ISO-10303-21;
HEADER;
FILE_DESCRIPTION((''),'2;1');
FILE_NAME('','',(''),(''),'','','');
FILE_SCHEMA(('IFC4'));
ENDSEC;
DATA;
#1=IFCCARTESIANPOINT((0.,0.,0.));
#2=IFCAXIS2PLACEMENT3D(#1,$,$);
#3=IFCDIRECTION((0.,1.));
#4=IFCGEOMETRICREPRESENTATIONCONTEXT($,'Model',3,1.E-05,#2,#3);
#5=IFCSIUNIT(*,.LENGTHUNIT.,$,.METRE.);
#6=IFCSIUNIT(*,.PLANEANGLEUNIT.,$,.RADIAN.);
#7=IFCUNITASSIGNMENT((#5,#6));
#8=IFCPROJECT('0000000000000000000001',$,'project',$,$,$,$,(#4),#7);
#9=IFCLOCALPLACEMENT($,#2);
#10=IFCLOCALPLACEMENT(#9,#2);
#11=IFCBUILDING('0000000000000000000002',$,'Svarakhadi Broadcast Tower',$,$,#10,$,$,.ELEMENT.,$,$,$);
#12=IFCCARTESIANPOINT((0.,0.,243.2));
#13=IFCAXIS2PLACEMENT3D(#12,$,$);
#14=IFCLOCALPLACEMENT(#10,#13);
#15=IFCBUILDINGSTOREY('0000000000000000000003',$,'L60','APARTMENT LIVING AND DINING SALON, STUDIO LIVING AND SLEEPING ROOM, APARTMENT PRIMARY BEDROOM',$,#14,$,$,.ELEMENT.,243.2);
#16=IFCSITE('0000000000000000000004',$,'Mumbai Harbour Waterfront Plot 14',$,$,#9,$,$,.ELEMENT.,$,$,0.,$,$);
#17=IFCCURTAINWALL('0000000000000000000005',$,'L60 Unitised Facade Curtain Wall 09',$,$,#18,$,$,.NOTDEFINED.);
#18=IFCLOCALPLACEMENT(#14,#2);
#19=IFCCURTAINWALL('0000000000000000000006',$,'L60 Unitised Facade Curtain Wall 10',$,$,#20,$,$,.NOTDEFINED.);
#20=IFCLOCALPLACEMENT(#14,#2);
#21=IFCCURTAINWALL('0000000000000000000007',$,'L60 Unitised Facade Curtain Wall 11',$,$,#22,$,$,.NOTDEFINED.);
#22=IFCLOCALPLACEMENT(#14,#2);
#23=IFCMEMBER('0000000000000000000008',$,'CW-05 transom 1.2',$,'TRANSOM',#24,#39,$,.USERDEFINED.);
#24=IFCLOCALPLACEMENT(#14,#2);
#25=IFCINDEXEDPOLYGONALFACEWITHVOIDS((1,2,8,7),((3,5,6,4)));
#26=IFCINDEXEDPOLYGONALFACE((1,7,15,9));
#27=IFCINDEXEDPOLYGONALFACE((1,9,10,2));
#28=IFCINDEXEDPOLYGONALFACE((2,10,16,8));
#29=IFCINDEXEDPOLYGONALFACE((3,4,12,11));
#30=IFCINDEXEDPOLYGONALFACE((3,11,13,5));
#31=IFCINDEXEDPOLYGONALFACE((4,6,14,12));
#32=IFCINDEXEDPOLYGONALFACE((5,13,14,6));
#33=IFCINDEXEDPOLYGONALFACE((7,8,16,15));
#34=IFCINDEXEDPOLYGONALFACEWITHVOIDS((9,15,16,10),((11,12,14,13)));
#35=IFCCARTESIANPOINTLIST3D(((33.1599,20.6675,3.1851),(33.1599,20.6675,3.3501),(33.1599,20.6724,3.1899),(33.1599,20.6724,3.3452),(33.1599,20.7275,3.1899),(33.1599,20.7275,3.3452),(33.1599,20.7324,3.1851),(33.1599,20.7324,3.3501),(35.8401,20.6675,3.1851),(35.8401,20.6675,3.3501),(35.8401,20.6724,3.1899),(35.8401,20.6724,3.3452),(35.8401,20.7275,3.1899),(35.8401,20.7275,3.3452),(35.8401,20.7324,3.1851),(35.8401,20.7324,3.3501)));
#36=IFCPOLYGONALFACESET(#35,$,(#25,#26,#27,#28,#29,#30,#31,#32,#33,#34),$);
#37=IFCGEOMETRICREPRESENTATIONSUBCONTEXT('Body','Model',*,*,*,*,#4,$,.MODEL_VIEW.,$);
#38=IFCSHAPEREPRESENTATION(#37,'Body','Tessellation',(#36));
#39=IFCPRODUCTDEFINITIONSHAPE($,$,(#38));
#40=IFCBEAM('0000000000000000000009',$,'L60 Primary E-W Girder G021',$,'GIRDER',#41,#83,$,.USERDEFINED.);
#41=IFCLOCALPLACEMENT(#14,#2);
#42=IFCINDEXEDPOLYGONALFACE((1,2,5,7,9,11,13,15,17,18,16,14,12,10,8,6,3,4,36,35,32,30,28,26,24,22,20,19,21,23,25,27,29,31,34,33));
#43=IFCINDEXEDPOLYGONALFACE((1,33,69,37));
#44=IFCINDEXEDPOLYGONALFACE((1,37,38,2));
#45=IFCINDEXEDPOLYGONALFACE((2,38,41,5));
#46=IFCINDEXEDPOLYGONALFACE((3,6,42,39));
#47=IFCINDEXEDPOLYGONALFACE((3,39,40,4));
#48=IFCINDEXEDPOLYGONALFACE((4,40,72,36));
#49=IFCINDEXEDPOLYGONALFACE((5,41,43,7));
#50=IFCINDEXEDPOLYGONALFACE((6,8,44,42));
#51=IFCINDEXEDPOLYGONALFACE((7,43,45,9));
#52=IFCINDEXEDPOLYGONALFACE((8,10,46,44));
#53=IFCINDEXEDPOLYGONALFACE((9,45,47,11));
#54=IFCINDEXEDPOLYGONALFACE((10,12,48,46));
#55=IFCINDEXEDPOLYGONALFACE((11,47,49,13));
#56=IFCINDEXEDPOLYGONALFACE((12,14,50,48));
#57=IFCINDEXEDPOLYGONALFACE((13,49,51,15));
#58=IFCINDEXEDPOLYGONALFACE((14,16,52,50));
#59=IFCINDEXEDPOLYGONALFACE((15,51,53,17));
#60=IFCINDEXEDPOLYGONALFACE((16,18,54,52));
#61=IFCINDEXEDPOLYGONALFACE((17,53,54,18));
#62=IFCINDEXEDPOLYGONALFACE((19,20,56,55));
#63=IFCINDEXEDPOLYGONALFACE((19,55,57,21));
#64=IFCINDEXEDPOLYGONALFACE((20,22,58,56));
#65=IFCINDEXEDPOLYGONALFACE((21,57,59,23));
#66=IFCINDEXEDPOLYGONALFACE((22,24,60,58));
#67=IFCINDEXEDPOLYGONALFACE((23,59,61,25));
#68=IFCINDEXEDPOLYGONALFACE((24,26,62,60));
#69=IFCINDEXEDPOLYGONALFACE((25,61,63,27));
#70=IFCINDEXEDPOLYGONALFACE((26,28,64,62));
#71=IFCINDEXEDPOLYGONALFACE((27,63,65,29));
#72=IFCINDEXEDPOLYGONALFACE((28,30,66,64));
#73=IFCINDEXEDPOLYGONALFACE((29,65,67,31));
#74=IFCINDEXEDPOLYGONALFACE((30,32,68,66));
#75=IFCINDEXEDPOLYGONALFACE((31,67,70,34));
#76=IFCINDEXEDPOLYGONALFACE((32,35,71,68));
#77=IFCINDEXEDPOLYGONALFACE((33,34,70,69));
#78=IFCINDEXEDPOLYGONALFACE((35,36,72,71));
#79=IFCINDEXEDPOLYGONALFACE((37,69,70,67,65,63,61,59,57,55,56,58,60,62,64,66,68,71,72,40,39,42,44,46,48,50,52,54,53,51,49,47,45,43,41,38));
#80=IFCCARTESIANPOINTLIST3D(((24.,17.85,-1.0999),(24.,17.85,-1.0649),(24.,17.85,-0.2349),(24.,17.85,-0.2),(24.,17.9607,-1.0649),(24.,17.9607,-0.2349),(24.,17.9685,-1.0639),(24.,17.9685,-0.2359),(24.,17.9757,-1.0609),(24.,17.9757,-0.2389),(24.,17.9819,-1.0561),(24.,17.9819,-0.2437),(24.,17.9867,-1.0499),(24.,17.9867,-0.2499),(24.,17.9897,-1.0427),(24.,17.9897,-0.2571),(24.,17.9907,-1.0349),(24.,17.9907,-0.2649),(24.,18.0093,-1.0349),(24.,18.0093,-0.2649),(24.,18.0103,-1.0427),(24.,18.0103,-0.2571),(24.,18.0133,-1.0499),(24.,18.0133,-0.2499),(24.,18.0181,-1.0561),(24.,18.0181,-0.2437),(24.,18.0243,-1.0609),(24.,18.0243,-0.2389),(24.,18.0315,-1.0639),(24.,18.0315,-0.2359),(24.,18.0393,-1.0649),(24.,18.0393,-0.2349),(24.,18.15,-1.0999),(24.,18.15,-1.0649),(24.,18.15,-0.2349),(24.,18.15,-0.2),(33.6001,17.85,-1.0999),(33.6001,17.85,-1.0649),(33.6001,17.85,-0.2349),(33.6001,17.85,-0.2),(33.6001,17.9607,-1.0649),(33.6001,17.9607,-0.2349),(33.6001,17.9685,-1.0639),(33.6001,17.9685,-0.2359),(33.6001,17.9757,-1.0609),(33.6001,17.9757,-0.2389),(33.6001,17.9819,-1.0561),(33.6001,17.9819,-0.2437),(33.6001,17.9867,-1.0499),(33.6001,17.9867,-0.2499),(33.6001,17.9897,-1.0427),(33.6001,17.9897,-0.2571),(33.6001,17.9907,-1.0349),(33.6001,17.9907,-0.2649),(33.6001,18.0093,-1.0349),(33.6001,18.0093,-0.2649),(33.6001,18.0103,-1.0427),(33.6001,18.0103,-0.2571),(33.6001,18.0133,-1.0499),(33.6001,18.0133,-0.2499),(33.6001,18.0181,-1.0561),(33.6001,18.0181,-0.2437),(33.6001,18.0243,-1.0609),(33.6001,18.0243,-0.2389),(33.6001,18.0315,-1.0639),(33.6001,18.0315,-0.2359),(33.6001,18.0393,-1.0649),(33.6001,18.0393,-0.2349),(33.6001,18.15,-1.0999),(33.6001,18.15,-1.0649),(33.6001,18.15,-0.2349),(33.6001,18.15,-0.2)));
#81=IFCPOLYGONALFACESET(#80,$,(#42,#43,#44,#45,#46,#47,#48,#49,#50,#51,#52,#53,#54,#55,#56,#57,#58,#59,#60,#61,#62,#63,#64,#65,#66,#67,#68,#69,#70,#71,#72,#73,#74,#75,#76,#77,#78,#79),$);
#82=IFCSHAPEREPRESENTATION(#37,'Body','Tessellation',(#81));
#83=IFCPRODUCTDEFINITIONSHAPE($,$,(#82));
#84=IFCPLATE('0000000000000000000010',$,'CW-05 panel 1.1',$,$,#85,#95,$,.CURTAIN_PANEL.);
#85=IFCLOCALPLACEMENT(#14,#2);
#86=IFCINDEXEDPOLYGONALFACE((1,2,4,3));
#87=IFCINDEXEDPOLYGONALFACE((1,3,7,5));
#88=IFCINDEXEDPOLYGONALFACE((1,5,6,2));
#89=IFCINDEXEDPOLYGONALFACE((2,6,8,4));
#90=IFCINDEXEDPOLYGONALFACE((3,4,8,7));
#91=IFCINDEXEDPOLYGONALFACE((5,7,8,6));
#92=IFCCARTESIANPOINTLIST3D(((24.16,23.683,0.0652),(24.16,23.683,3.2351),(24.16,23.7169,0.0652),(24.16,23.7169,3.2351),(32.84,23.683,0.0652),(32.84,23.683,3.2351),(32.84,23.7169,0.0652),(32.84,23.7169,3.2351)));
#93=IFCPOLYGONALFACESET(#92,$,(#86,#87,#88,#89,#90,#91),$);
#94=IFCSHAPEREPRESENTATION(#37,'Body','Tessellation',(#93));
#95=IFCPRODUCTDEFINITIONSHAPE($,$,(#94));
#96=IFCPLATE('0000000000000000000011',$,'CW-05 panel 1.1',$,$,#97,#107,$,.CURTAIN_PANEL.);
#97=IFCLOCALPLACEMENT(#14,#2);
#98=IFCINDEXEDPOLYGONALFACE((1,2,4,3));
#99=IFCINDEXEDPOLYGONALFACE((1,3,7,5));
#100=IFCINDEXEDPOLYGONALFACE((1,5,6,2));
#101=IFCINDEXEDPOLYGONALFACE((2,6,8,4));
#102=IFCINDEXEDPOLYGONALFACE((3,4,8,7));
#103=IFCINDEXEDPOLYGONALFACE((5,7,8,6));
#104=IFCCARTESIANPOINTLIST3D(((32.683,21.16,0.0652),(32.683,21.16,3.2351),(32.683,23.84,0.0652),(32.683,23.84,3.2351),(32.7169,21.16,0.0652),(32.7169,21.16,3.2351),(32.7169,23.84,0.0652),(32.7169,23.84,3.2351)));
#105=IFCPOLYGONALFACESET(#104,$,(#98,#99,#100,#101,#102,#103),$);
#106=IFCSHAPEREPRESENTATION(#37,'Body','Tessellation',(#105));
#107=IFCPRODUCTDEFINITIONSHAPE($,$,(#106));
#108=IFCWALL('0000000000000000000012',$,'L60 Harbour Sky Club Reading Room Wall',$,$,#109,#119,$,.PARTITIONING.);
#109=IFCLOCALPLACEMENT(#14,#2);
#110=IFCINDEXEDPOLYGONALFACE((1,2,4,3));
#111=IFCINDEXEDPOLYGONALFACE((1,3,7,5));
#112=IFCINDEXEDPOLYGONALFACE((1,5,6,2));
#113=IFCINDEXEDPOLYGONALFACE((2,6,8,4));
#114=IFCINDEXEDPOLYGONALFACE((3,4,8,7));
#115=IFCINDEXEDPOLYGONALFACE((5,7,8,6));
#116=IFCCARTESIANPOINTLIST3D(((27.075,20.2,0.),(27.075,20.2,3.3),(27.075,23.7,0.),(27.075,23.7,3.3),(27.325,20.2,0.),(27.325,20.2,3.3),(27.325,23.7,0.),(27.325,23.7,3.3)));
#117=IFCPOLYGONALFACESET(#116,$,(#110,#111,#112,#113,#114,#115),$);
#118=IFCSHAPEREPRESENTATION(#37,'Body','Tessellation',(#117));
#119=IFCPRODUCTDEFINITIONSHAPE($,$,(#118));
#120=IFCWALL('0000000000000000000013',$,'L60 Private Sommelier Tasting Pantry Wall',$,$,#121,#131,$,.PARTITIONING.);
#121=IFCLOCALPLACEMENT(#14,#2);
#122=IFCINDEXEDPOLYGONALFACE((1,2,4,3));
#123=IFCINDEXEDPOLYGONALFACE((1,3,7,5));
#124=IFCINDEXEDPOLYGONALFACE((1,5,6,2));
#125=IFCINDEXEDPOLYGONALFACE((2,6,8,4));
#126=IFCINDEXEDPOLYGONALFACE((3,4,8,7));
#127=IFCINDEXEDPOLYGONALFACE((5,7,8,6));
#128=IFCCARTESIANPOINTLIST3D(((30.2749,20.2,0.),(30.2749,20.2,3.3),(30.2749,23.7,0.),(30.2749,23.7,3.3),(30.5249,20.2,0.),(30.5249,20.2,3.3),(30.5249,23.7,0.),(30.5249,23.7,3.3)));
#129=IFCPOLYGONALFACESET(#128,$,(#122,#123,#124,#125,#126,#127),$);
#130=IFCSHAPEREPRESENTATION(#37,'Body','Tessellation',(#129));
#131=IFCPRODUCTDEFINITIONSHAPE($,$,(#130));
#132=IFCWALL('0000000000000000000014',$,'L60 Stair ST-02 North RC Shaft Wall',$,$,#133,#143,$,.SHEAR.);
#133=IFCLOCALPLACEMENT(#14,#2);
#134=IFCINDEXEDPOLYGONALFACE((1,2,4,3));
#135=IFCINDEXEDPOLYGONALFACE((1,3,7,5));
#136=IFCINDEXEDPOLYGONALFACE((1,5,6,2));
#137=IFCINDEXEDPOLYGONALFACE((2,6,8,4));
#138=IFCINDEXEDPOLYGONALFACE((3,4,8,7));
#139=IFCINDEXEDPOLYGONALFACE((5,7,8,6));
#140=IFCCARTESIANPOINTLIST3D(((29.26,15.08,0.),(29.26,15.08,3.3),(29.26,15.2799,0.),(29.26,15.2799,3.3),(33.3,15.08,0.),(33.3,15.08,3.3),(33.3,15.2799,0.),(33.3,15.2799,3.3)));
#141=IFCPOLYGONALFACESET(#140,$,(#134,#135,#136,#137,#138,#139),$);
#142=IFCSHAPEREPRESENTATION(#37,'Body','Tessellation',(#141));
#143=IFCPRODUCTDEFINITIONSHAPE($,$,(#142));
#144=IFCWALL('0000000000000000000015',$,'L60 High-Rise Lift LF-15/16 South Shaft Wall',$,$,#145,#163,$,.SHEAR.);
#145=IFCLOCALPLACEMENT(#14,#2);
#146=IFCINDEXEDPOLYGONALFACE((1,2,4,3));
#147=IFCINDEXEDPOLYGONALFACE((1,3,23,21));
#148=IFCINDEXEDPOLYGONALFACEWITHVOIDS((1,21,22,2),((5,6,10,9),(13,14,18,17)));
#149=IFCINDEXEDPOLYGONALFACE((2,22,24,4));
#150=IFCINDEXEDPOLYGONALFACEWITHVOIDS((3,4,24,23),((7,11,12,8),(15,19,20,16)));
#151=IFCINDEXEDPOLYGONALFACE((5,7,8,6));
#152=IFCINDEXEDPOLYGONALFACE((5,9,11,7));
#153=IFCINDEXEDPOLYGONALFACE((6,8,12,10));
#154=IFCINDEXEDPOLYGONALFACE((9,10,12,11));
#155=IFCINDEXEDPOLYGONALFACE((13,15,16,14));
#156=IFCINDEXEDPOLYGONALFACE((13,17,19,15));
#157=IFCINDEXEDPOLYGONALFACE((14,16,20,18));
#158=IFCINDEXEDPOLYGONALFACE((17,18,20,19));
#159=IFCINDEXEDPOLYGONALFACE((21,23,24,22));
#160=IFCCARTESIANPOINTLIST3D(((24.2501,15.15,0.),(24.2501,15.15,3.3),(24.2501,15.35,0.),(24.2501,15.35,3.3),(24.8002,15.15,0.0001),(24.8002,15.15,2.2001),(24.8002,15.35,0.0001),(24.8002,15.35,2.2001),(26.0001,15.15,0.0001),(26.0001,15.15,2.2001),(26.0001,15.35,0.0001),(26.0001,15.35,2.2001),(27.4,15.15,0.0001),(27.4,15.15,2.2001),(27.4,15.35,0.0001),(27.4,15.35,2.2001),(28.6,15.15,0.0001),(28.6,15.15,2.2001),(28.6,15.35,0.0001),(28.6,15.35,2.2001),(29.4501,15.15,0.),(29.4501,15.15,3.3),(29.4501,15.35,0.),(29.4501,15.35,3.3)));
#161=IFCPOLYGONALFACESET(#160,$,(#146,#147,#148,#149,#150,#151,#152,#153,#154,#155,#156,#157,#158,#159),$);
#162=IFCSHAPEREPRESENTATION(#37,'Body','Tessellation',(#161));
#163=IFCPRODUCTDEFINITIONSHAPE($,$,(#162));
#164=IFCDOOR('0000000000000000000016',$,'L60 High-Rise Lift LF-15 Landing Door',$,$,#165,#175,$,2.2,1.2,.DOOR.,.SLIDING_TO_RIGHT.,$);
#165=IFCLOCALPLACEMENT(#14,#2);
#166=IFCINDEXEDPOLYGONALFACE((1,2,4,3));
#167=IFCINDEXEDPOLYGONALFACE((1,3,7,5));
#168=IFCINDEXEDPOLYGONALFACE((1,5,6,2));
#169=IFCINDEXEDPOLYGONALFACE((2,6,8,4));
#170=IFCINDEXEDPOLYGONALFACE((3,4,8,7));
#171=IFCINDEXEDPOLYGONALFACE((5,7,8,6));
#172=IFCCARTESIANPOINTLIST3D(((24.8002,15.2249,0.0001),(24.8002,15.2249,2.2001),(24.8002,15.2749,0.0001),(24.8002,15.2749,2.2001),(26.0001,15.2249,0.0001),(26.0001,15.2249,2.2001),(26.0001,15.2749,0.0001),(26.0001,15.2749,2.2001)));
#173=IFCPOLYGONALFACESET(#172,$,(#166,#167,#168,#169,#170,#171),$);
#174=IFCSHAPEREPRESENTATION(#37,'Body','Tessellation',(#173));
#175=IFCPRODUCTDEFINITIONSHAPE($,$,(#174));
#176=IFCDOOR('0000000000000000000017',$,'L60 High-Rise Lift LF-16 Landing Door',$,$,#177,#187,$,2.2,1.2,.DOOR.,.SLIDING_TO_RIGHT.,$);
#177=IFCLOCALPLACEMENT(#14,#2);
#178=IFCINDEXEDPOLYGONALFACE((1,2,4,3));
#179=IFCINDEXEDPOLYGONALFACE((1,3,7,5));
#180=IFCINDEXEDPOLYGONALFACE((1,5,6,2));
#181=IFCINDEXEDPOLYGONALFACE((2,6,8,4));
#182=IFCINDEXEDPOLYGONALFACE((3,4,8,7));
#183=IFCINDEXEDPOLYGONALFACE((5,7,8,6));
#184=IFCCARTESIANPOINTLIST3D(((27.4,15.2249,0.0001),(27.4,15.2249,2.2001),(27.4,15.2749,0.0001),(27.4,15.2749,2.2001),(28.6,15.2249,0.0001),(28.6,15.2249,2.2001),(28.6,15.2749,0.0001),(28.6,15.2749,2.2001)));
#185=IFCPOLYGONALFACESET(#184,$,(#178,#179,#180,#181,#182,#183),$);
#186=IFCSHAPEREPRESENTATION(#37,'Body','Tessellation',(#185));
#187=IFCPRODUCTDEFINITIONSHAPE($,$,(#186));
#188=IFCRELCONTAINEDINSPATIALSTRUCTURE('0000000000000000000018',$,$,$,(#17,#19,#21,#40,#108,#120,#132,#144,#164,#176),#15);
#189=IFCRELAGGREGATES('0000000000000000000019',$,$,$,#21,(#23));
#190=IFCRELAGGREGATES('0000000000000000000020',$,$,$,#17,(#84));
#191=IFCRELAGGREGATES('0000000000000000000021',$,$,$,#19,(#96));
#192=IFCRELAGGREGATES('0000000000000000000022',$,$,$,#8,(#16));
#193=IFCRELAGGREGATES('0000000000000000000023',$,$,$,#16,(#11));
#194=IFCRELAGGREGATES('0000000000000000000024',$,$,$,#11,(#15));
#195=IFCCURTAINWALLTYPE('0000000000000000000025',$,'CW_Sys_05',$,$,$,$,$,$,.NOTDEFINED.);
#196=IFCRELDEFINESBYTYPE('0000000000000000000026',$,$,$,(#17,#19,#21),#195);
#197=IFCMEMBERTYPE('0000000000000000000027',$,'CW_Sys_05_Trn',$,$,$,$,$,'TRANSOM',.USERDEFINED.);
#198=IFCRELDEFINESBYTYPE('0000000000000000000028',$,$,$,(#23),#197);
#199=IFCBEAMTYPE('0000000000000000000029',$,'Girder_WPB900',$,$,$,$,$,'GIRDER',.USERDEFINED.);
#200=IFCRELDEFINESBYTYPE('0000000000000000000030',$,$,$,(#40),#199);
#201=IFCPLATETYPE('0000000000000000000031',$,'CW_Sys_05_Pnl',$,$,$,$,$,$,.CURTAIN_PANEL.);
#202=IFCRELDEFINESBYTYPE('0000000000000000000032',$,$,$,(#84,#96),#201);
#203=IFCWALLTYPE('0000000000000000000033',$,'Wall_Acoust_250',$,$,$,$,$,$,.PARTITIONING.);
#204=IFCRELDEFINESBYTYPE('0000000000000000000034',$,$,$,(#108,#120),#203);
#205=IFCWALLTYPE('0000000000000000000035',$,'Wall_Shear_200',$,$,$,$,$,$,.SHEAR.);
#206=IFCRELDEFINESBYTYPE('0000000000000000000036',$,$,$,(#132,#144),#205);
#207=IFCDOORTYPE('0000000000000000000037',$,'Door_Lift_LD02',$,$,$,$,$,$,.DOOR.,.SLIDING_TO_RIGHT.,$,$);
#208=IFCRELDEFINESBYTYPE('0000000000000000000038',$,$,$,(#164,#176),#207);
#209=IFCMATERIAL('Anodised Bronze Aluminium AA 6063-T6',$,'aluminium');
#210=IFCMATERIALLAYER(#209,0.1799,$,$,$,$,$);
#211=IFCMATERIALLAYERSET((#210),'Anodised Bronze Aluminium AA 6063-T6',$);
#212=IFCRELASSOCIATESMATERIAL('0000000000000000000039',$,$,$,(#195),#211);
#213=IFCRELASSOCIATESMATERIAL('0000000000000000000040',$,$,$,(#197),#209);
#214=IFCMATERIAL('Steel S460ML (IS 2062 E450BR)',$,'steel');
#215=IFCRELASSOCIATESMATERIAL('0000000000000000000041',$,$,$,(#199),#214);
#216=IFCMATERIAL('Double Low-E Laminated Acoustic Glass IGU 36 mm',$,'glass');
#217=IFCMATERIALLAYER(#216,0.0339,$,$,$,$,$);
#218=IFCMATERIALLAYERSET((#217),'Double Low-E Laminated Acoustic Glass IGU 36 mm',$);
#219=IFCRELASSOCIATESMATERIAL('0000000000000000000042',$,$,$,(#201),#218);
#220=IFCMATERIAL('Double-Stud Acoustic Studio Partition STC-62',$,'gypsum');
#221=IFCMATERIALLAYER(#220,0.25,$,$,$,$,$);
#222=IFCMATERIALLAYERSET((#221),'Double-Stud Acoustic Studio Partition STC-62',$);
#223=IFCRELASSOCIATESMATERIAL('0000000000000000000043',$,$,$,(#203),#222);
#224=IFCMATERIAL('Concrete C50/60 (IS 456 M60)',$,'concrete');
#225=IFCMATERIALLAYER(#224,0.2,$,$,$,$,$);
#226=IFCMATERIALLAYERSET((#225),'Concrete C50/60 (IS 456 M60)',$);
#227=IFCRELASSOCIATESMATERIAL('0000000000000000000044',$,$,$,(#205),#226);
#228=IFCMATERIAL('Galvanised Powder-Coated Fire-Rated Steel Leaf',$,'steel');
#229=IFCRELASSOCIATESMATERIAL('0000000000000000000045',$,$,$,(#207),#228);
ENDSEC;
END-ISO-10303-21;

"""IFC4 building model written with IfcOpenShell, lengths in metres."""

from ifc_helpers import new_model, si_unit, direction, frame, frame_2d, origin, origin_2d, place, context, subcontext, project, spatial, rectangle, hollow_rectangle, i_section, extrude, material, layer, layer_set, material_profile, profile_set, type_object, element, fill, aggregate, save


model = new_model("IFC4")

# Units and contexts
model_context = context("Model", 3, precision=1e-05, world=origin(), true_north=direction((0.0, 1.0)))
body_context = subcontext(model_context, "Body", "Model", "MODEL_VIEW")
ifc_project = project(units=[si_unit("LENGTHUNIT", "METRE"), si_unit("PLANEANGLEUNIT", "RADIAN")], contexts=[model_context])

# Site, building, storey
site_placement = place(None, origin())
site = spatial("IfcSite", under=ifc_project, at=site_placement, Name="Mumbai Harbour Waterfront Plot 14", CompositionType="ELEMENT", RefElevation=0.0)
building_placement = place(site_placement, origin())
building = spatial("IfcBuilding", under=site, at=building_placement, Name="Svarakhadi Broadcast Tower", CompositionType="ELEMENT")
storey_placement = place(building_placement, frame((0.0, 0.0, 243.2)))
storey = spatial("IfcBuildingStorey", under=building, at=storey_placement, Name="L60", Description="APARTMENT LIVING AND DINING SALON, STUDIO LIVING AND SLEEPING ROOM, APARTMENT PRIMARY BEDROOM", CompositionType="ELEMENT", Elevation=243.2)

# Shared definitions
ifc_material_1 = material(Name="Concrete C50/60 (IS 456 M60)", Category="concrete")

# Curtain walls
ifc_material_2 = material(Name="Anodised Bronze Aluminium AA 6063-T6", Category="aluminium")
ifc_layer_1 = layer(ifc_material_2, 0.1799)
ifc_layer_set_1 = layer_set([ifc_layer_1], Name="Anodised Bronze Aluminium AA 6063-T6")
curtain_wall_type = type_object("IfcCurtainWallType", Name="CW_Sys_05", PredefinedType="NOTDEFINED", material=ifc_layer_set_1)
curtain_wall_1_placement = place(storey_placement, origin())
curtain_wall_1 = element("IfcCurtainWall", 1, at=curtain_wall_1_placement, inside=storey, type_object=curtain_wall_type, Name="L60 Unitised Facade Curtain Wall 09", PredefinedType="NOTDEFINED")
curtain_wall_2_placement = place(storey_placement, origin())
curtain_wall_2 = element("IfcCurtainWall", 2, at=curtain_wall_2_placement, inside=storey, type_object=curtain_wall_type, Name="L60 Unitised Facade Curtain Wall 10", PredefinedType="NOTDEFINED")

# Curtain wall
curtain_wall_3_placement = place(storey_placement, origin())
curtain_wall_3 = element("IfcCurtainWall", 3, at=curtain_wall_3_placement, inside=storey, type_object=curtain_wall_type, Name="L60 Unitised Facade Curtain Wall 11", PredefinedType="NOTDEFINED")

# Member
ifc_material_profile_1 = material_profile(ifc_material_2, hollow_rectangle(XDim=0.0649, YDim=0.165, WallThickness=0.0049, at=origin_2d()), Name="ALU TRANSOM 165x65x5")
ifc_profile_set_1 = profile_set([ifc_material_profile_1], Name="Anodised Bronze Aluminium AA 6063-T6")
member_type_1 = type_object("IfcMemberType", Name="CW_Sys_05_Trn", ElementType="TRANSOM", PredefinedType="USERDEFINED", material=ifc_profile_set_1)
member_1_placement = place(storey_placement, frame((33.1599, 20.7, 3.2676), z_axis=(1.0, 0.0, 0.0), x_axis=(0.0, 1.0, 0.0)))
member_1 = element("IfcMember", 4, at=member_1_placement, type_object=member_type_1, Name="CW-05 transom 1.2", ObjectType="TRANSOM", PredefinedType="USERDEFINED", context=body_context, shape_type="SweptSolid", body=[
    extrude(hollow_rectangle(XDim=0.0649, YDim=0.165, WallThickness=0.0049, at=origin_2d()), origin(), (0.0, 0.0, 1.0), 2.6802),
])
aggregate(curtain_wall_3, [member_1])

# Beam
ifc_material_3 = material(Name="Steel S460ML (IS 2062 E450BR)", Category="steel")
ifc_material_profile_2 = material_profile(ifc_material_3, i_section(OverallWidth=0.3, OverallDepth=0.8999, WebThickness=0.0186, FlangeThickness=0.0349, FilletRadius=0.03, at=origin_2d()), Name="WPB 900x300x291")
ifc_profile_set_2 = profile_set([ifc_material_profile_2], Name="Steel S460ML (IS 2062 E450BR)")
beam_type = type_object("IfcBeamType", Name="Girder_WPB900", ElementType="GIRDER", PredefinedType="USERDEFINED", material=ifc_profile_set_2)
beam_placement = place(storey_placement, frame((24.0, 18.0, -0.6499), z_axis=(1.0, 0.0, 0.0), x_axis=(0.0, 1.0, 0.0)))
element("IfcBeam", 5, at=beam_placement, inside=storey, type_object=beam_type, Name="L60 Primary E-W Girder G021", ObjectType="GIRDER", PredefinedType="USERDEFINED", context=body_context, shape_type="SweptSolid", body=[
    extrude(i_section(OverallWidth=0.3, OverallDepth=0.8999, WebThickness=0.0186, FlangeThickness=0.0349, FilletRadius=0.03, at=origin_2d()), origin(), (0.0, 0.0, 1.0), 9.6001),
])

# Plates
ifc_material_4 = material(Name="Double Low-E Laminated Acoustic Glass IGU 36 mm", Category="glass")
ifc_layer_2 = layer(ifc_material_4, 0.0339)
ifc_layer_set_2 = layer_set([ifc_layer_2], Name="Double Low-E Laminated Acoustic Glass IGU 36 mm")
plate_type = type_object("IfcPlateType", Name="CW_Sys_05_Pnl", PredefinedType="CURTAIN_PANEL", material=ifc_layer_set_2)
plate_1_placement = place(storey_placement, frame((28.5, 23.7, 0.0652), z_axis=(0.0, 0.0, 1.0), x_axis=(1.0, 0.0, 0.0)))
plate_1 = element("IfcPlate", 6, at=plate_1_placement, type_object=plate_type, Name="CW-05 panel 1.1", PredefinedType="CURTAIN_PANEL", context=body_context, shape_type="SweptSolid", body=[
    extrude(rectangle(XDim=8.6799, YDim=0.0339, at=origin_2d()), origin(), (0.0, 0.0, 1.0), 3.1699),
])
aggregate(curtain_wall_1, [plate_1])
plate_2_placement = place(storey_placement, frame((32.7, 22.5, 0.0652), z_axis=(0.0, 0.0, 1.0), x_axis=(0.0, -1.0, 0.0)))
plate_2 = element("IfcPlate", 7, at=plate_2_placement, type_object=plate_type, Name="CW-05 panel 1.1", PredefinedType="CURTAIN_PANEL", context=body_context, shape_type="SweptSolid", body=[
    extrude(rectangle(XDim=2.6799, YDim=0.0339, at=origin_2d()), origin(), (0.0, 0.0, 1.0), 3.1699),
])
aggregate(curtain_wall_2, [plate_2])

# Walls
ifc_material_5 = material(Name="Double-Stud Acoustic Studio Partition STC-62", Category="gypsum")
ifc_layer_3 = layer(ifc_material_5, 0.25)
ifc_layer_set_3 = layer_set([ifc_layer_3], Name="Double-Stud Acoustic Studio Partition STC-62")
wall_type_1 = type_object("IfcWallType", Name="Wall_Acoust_250", PredefinedType="PARTITIONING", material=ifc_layer_set_3)
for number, where, z_axis, x_axis, name in (
    (8, (27.2, 20.2, 0.0), (0.0, 0.0, 1.0), (0.0, 1.0, 0.0), "L60 Harbour Sky Club Reading Room Wall"),
    (9, (30.3999, 20.2, 0.0), (0.0, 0.0, 1.0), (0.0, 1.0, 0.0), "L60 Private Sommelier Tasting Pantry Wall"),
):
    element("IfcWall", number, at=place(storey_placement, frame(where, z_axis=z_axis, x_axis=x_axis)), inside=storey, type_object=wall_type_1, Name=name, PredefinedType="PARTITIONING", context=body_context, shape_type="SweptSolid", body=[
        extrude(rectangle(XDim=3.5, YDim=0.25, at=frame_2d((1.75, 0.0))), origin(), (0.0, 0.0, 1.0), 3.3),
    ])
ifc_layer_4 = layer(ifc_material_1, 0.2)
ifc_layer_set_4 = layer_set([ifc_layer_4], Name="Concrete C50/60 (IS 456 M60)")
wall_type_2 = type_object("IfcWallType", Name="Wall_Shear_200", PredefinedType="SHEAR", material=ifc_layer_set_4)
wall_1_placement = place(storey_placement, frame((29.26, 15.1799, 0.0), z_axis=(0.0, 0.0, 1.0), x_axis=(1.0, 0.0, 0.0)))
element("IfcWall", 10, at=wall_1_placement, inside=storey, type_object=wall_type_2, Name="L60 Stair ST-02 North RC Shaft Wall", PredefinedType="SHEAR", context=body_context, shape_type="SweptSolid", body=[
    extrude(rectangle(XDim=4.04, YDim=0.2, at=frame_2d((2.02, 0.0))), origin(), (0.0, 0.0, 1.0), 3.3),
])

# Shared definitions
ifc_material_6 = material(Name="Galvanised Powder-Coated Fire-Rated Steel Leaf", Category="steel")

# Wall, openings, doors
wall_2_placement = place(storey_placement, frame((24.25, 15.25, 0.0), z_axis=(0.0, 0.0, 1.0), x_axis=(1.0, 0.0, 0.0)))
wall_2 = element("IfcWall", 11, at=wall_2_placement, inside=storey, type_object=wall_type_2, Name="L60 High-Rise Lift LF-15/16 South Shaft Wall", PredefinedType="SHEAR", context=body_context, shape_type="SweptSolid", body=[
    extrude(rectangle(XDim=5.2, YDim=0.2, at=frame_2d((2.6001, 0.0))), origin(), (0.0, 0.0, 1.0), 3.3),
])
opening_1_placement = place(wall_2_placement, frame((0.55, 0.0, 0.0)))
opening_1 = element("IfcOpeningElement", 12, at=opening_1_placement, cuts=wall_2, PredefinedType="OPENING", context=body_context, shape_type="SweptSolid", body=[
    extrude(rectangle(XDim=1.2, YDim=2.2, at=frame_2d((0.6001, 1.1001))), frame((0.0, 0.1099, 0.0), z_axis=(0.0, -1.0, 0.0), x_axis=(1.0, 0.0, 0.0)), (0.0, 0.0, 1.0), 0.22),
])
opening_2_placement = place(wall_2_placement, frame((3.1499, 0.0, 0.0)))
opening_2 = element("IfcOpeningElement", 13, at=opening_2_placement, cuts=wall_2, PredefinedType="OPENING", context=body_context, shape_type="SweptSolid", body=[
    extrude(rectangle(XDim=1.2, YDim=2.2, at=frame_2d((0.6001, 1.1001))), frame((0.0, 0.1099, 0.0), z_axis=(0.0, -1.0, 0.0), x_axis=(1.0, 0.0, 0.0)), (0.0, 0.0, 1.0), 0.22),
])
door_type_1 = type_object("IfcDoorType", Name="Door_Lift_LD02", OperationType="SLIDING_TO_RIGHT", PredefinedType="DOOR", material=ifc_material_6)
door_1_placement = place(opening_1_placement, origin())
door_1 = element("IfcDoor", 14, at=door_1_placement, inside=storey, type_object=door_type_1, Name="L60 High-Rise Lift LF-15 Landing Door", OperationType="SLIDING_TO_RIGHT", OverallHeight=2.2, OverallWidth=1.2, PredefinedType="DOOR", context=body_context, shape_type="SweptSolid", body=[
    extrude(rectangle(XDim=1.2, YDim=2.2, at=frame_2d((0.6001, 1.1001))), frame((0.0, 0.0249, 0.0), z_axis=(0.0, -1.0, 0.0), x_axis=(1.0, 0.0, 0.0)), (0.0, 0.0, 1.0), 0.05),
])
fill(opening_1, door_1)
door_2_placement = place(opening_2_placement, origin())
door_2 = element("IfcDoor", 15, at=door_2_placement, inside=storey, type_object=door_type_1, Name="L60 High-Rise Lift LF-16 Landing Door", OperationType="SLIDING_TO_RIGHT", OverallHeight=2.2, OverallWidth=1.2, PredefinedType="DOOR", context=body_context, shape_type="SweptSolid", body=[
    extrude(rectangle(XDim=1.2, YDim=2.2, at=frame_2d((0.6001, 1.1001))), frame((0.0, 0.0249, 0.0), z_axis=(0.0, -1.0, 0.0), x_axis=(1.0, 0.0, 0.0)), (0.0, 0.0, 1.0), 0.05),
])
fill(opening_2, door_2)

save(model, "model.ifc")
